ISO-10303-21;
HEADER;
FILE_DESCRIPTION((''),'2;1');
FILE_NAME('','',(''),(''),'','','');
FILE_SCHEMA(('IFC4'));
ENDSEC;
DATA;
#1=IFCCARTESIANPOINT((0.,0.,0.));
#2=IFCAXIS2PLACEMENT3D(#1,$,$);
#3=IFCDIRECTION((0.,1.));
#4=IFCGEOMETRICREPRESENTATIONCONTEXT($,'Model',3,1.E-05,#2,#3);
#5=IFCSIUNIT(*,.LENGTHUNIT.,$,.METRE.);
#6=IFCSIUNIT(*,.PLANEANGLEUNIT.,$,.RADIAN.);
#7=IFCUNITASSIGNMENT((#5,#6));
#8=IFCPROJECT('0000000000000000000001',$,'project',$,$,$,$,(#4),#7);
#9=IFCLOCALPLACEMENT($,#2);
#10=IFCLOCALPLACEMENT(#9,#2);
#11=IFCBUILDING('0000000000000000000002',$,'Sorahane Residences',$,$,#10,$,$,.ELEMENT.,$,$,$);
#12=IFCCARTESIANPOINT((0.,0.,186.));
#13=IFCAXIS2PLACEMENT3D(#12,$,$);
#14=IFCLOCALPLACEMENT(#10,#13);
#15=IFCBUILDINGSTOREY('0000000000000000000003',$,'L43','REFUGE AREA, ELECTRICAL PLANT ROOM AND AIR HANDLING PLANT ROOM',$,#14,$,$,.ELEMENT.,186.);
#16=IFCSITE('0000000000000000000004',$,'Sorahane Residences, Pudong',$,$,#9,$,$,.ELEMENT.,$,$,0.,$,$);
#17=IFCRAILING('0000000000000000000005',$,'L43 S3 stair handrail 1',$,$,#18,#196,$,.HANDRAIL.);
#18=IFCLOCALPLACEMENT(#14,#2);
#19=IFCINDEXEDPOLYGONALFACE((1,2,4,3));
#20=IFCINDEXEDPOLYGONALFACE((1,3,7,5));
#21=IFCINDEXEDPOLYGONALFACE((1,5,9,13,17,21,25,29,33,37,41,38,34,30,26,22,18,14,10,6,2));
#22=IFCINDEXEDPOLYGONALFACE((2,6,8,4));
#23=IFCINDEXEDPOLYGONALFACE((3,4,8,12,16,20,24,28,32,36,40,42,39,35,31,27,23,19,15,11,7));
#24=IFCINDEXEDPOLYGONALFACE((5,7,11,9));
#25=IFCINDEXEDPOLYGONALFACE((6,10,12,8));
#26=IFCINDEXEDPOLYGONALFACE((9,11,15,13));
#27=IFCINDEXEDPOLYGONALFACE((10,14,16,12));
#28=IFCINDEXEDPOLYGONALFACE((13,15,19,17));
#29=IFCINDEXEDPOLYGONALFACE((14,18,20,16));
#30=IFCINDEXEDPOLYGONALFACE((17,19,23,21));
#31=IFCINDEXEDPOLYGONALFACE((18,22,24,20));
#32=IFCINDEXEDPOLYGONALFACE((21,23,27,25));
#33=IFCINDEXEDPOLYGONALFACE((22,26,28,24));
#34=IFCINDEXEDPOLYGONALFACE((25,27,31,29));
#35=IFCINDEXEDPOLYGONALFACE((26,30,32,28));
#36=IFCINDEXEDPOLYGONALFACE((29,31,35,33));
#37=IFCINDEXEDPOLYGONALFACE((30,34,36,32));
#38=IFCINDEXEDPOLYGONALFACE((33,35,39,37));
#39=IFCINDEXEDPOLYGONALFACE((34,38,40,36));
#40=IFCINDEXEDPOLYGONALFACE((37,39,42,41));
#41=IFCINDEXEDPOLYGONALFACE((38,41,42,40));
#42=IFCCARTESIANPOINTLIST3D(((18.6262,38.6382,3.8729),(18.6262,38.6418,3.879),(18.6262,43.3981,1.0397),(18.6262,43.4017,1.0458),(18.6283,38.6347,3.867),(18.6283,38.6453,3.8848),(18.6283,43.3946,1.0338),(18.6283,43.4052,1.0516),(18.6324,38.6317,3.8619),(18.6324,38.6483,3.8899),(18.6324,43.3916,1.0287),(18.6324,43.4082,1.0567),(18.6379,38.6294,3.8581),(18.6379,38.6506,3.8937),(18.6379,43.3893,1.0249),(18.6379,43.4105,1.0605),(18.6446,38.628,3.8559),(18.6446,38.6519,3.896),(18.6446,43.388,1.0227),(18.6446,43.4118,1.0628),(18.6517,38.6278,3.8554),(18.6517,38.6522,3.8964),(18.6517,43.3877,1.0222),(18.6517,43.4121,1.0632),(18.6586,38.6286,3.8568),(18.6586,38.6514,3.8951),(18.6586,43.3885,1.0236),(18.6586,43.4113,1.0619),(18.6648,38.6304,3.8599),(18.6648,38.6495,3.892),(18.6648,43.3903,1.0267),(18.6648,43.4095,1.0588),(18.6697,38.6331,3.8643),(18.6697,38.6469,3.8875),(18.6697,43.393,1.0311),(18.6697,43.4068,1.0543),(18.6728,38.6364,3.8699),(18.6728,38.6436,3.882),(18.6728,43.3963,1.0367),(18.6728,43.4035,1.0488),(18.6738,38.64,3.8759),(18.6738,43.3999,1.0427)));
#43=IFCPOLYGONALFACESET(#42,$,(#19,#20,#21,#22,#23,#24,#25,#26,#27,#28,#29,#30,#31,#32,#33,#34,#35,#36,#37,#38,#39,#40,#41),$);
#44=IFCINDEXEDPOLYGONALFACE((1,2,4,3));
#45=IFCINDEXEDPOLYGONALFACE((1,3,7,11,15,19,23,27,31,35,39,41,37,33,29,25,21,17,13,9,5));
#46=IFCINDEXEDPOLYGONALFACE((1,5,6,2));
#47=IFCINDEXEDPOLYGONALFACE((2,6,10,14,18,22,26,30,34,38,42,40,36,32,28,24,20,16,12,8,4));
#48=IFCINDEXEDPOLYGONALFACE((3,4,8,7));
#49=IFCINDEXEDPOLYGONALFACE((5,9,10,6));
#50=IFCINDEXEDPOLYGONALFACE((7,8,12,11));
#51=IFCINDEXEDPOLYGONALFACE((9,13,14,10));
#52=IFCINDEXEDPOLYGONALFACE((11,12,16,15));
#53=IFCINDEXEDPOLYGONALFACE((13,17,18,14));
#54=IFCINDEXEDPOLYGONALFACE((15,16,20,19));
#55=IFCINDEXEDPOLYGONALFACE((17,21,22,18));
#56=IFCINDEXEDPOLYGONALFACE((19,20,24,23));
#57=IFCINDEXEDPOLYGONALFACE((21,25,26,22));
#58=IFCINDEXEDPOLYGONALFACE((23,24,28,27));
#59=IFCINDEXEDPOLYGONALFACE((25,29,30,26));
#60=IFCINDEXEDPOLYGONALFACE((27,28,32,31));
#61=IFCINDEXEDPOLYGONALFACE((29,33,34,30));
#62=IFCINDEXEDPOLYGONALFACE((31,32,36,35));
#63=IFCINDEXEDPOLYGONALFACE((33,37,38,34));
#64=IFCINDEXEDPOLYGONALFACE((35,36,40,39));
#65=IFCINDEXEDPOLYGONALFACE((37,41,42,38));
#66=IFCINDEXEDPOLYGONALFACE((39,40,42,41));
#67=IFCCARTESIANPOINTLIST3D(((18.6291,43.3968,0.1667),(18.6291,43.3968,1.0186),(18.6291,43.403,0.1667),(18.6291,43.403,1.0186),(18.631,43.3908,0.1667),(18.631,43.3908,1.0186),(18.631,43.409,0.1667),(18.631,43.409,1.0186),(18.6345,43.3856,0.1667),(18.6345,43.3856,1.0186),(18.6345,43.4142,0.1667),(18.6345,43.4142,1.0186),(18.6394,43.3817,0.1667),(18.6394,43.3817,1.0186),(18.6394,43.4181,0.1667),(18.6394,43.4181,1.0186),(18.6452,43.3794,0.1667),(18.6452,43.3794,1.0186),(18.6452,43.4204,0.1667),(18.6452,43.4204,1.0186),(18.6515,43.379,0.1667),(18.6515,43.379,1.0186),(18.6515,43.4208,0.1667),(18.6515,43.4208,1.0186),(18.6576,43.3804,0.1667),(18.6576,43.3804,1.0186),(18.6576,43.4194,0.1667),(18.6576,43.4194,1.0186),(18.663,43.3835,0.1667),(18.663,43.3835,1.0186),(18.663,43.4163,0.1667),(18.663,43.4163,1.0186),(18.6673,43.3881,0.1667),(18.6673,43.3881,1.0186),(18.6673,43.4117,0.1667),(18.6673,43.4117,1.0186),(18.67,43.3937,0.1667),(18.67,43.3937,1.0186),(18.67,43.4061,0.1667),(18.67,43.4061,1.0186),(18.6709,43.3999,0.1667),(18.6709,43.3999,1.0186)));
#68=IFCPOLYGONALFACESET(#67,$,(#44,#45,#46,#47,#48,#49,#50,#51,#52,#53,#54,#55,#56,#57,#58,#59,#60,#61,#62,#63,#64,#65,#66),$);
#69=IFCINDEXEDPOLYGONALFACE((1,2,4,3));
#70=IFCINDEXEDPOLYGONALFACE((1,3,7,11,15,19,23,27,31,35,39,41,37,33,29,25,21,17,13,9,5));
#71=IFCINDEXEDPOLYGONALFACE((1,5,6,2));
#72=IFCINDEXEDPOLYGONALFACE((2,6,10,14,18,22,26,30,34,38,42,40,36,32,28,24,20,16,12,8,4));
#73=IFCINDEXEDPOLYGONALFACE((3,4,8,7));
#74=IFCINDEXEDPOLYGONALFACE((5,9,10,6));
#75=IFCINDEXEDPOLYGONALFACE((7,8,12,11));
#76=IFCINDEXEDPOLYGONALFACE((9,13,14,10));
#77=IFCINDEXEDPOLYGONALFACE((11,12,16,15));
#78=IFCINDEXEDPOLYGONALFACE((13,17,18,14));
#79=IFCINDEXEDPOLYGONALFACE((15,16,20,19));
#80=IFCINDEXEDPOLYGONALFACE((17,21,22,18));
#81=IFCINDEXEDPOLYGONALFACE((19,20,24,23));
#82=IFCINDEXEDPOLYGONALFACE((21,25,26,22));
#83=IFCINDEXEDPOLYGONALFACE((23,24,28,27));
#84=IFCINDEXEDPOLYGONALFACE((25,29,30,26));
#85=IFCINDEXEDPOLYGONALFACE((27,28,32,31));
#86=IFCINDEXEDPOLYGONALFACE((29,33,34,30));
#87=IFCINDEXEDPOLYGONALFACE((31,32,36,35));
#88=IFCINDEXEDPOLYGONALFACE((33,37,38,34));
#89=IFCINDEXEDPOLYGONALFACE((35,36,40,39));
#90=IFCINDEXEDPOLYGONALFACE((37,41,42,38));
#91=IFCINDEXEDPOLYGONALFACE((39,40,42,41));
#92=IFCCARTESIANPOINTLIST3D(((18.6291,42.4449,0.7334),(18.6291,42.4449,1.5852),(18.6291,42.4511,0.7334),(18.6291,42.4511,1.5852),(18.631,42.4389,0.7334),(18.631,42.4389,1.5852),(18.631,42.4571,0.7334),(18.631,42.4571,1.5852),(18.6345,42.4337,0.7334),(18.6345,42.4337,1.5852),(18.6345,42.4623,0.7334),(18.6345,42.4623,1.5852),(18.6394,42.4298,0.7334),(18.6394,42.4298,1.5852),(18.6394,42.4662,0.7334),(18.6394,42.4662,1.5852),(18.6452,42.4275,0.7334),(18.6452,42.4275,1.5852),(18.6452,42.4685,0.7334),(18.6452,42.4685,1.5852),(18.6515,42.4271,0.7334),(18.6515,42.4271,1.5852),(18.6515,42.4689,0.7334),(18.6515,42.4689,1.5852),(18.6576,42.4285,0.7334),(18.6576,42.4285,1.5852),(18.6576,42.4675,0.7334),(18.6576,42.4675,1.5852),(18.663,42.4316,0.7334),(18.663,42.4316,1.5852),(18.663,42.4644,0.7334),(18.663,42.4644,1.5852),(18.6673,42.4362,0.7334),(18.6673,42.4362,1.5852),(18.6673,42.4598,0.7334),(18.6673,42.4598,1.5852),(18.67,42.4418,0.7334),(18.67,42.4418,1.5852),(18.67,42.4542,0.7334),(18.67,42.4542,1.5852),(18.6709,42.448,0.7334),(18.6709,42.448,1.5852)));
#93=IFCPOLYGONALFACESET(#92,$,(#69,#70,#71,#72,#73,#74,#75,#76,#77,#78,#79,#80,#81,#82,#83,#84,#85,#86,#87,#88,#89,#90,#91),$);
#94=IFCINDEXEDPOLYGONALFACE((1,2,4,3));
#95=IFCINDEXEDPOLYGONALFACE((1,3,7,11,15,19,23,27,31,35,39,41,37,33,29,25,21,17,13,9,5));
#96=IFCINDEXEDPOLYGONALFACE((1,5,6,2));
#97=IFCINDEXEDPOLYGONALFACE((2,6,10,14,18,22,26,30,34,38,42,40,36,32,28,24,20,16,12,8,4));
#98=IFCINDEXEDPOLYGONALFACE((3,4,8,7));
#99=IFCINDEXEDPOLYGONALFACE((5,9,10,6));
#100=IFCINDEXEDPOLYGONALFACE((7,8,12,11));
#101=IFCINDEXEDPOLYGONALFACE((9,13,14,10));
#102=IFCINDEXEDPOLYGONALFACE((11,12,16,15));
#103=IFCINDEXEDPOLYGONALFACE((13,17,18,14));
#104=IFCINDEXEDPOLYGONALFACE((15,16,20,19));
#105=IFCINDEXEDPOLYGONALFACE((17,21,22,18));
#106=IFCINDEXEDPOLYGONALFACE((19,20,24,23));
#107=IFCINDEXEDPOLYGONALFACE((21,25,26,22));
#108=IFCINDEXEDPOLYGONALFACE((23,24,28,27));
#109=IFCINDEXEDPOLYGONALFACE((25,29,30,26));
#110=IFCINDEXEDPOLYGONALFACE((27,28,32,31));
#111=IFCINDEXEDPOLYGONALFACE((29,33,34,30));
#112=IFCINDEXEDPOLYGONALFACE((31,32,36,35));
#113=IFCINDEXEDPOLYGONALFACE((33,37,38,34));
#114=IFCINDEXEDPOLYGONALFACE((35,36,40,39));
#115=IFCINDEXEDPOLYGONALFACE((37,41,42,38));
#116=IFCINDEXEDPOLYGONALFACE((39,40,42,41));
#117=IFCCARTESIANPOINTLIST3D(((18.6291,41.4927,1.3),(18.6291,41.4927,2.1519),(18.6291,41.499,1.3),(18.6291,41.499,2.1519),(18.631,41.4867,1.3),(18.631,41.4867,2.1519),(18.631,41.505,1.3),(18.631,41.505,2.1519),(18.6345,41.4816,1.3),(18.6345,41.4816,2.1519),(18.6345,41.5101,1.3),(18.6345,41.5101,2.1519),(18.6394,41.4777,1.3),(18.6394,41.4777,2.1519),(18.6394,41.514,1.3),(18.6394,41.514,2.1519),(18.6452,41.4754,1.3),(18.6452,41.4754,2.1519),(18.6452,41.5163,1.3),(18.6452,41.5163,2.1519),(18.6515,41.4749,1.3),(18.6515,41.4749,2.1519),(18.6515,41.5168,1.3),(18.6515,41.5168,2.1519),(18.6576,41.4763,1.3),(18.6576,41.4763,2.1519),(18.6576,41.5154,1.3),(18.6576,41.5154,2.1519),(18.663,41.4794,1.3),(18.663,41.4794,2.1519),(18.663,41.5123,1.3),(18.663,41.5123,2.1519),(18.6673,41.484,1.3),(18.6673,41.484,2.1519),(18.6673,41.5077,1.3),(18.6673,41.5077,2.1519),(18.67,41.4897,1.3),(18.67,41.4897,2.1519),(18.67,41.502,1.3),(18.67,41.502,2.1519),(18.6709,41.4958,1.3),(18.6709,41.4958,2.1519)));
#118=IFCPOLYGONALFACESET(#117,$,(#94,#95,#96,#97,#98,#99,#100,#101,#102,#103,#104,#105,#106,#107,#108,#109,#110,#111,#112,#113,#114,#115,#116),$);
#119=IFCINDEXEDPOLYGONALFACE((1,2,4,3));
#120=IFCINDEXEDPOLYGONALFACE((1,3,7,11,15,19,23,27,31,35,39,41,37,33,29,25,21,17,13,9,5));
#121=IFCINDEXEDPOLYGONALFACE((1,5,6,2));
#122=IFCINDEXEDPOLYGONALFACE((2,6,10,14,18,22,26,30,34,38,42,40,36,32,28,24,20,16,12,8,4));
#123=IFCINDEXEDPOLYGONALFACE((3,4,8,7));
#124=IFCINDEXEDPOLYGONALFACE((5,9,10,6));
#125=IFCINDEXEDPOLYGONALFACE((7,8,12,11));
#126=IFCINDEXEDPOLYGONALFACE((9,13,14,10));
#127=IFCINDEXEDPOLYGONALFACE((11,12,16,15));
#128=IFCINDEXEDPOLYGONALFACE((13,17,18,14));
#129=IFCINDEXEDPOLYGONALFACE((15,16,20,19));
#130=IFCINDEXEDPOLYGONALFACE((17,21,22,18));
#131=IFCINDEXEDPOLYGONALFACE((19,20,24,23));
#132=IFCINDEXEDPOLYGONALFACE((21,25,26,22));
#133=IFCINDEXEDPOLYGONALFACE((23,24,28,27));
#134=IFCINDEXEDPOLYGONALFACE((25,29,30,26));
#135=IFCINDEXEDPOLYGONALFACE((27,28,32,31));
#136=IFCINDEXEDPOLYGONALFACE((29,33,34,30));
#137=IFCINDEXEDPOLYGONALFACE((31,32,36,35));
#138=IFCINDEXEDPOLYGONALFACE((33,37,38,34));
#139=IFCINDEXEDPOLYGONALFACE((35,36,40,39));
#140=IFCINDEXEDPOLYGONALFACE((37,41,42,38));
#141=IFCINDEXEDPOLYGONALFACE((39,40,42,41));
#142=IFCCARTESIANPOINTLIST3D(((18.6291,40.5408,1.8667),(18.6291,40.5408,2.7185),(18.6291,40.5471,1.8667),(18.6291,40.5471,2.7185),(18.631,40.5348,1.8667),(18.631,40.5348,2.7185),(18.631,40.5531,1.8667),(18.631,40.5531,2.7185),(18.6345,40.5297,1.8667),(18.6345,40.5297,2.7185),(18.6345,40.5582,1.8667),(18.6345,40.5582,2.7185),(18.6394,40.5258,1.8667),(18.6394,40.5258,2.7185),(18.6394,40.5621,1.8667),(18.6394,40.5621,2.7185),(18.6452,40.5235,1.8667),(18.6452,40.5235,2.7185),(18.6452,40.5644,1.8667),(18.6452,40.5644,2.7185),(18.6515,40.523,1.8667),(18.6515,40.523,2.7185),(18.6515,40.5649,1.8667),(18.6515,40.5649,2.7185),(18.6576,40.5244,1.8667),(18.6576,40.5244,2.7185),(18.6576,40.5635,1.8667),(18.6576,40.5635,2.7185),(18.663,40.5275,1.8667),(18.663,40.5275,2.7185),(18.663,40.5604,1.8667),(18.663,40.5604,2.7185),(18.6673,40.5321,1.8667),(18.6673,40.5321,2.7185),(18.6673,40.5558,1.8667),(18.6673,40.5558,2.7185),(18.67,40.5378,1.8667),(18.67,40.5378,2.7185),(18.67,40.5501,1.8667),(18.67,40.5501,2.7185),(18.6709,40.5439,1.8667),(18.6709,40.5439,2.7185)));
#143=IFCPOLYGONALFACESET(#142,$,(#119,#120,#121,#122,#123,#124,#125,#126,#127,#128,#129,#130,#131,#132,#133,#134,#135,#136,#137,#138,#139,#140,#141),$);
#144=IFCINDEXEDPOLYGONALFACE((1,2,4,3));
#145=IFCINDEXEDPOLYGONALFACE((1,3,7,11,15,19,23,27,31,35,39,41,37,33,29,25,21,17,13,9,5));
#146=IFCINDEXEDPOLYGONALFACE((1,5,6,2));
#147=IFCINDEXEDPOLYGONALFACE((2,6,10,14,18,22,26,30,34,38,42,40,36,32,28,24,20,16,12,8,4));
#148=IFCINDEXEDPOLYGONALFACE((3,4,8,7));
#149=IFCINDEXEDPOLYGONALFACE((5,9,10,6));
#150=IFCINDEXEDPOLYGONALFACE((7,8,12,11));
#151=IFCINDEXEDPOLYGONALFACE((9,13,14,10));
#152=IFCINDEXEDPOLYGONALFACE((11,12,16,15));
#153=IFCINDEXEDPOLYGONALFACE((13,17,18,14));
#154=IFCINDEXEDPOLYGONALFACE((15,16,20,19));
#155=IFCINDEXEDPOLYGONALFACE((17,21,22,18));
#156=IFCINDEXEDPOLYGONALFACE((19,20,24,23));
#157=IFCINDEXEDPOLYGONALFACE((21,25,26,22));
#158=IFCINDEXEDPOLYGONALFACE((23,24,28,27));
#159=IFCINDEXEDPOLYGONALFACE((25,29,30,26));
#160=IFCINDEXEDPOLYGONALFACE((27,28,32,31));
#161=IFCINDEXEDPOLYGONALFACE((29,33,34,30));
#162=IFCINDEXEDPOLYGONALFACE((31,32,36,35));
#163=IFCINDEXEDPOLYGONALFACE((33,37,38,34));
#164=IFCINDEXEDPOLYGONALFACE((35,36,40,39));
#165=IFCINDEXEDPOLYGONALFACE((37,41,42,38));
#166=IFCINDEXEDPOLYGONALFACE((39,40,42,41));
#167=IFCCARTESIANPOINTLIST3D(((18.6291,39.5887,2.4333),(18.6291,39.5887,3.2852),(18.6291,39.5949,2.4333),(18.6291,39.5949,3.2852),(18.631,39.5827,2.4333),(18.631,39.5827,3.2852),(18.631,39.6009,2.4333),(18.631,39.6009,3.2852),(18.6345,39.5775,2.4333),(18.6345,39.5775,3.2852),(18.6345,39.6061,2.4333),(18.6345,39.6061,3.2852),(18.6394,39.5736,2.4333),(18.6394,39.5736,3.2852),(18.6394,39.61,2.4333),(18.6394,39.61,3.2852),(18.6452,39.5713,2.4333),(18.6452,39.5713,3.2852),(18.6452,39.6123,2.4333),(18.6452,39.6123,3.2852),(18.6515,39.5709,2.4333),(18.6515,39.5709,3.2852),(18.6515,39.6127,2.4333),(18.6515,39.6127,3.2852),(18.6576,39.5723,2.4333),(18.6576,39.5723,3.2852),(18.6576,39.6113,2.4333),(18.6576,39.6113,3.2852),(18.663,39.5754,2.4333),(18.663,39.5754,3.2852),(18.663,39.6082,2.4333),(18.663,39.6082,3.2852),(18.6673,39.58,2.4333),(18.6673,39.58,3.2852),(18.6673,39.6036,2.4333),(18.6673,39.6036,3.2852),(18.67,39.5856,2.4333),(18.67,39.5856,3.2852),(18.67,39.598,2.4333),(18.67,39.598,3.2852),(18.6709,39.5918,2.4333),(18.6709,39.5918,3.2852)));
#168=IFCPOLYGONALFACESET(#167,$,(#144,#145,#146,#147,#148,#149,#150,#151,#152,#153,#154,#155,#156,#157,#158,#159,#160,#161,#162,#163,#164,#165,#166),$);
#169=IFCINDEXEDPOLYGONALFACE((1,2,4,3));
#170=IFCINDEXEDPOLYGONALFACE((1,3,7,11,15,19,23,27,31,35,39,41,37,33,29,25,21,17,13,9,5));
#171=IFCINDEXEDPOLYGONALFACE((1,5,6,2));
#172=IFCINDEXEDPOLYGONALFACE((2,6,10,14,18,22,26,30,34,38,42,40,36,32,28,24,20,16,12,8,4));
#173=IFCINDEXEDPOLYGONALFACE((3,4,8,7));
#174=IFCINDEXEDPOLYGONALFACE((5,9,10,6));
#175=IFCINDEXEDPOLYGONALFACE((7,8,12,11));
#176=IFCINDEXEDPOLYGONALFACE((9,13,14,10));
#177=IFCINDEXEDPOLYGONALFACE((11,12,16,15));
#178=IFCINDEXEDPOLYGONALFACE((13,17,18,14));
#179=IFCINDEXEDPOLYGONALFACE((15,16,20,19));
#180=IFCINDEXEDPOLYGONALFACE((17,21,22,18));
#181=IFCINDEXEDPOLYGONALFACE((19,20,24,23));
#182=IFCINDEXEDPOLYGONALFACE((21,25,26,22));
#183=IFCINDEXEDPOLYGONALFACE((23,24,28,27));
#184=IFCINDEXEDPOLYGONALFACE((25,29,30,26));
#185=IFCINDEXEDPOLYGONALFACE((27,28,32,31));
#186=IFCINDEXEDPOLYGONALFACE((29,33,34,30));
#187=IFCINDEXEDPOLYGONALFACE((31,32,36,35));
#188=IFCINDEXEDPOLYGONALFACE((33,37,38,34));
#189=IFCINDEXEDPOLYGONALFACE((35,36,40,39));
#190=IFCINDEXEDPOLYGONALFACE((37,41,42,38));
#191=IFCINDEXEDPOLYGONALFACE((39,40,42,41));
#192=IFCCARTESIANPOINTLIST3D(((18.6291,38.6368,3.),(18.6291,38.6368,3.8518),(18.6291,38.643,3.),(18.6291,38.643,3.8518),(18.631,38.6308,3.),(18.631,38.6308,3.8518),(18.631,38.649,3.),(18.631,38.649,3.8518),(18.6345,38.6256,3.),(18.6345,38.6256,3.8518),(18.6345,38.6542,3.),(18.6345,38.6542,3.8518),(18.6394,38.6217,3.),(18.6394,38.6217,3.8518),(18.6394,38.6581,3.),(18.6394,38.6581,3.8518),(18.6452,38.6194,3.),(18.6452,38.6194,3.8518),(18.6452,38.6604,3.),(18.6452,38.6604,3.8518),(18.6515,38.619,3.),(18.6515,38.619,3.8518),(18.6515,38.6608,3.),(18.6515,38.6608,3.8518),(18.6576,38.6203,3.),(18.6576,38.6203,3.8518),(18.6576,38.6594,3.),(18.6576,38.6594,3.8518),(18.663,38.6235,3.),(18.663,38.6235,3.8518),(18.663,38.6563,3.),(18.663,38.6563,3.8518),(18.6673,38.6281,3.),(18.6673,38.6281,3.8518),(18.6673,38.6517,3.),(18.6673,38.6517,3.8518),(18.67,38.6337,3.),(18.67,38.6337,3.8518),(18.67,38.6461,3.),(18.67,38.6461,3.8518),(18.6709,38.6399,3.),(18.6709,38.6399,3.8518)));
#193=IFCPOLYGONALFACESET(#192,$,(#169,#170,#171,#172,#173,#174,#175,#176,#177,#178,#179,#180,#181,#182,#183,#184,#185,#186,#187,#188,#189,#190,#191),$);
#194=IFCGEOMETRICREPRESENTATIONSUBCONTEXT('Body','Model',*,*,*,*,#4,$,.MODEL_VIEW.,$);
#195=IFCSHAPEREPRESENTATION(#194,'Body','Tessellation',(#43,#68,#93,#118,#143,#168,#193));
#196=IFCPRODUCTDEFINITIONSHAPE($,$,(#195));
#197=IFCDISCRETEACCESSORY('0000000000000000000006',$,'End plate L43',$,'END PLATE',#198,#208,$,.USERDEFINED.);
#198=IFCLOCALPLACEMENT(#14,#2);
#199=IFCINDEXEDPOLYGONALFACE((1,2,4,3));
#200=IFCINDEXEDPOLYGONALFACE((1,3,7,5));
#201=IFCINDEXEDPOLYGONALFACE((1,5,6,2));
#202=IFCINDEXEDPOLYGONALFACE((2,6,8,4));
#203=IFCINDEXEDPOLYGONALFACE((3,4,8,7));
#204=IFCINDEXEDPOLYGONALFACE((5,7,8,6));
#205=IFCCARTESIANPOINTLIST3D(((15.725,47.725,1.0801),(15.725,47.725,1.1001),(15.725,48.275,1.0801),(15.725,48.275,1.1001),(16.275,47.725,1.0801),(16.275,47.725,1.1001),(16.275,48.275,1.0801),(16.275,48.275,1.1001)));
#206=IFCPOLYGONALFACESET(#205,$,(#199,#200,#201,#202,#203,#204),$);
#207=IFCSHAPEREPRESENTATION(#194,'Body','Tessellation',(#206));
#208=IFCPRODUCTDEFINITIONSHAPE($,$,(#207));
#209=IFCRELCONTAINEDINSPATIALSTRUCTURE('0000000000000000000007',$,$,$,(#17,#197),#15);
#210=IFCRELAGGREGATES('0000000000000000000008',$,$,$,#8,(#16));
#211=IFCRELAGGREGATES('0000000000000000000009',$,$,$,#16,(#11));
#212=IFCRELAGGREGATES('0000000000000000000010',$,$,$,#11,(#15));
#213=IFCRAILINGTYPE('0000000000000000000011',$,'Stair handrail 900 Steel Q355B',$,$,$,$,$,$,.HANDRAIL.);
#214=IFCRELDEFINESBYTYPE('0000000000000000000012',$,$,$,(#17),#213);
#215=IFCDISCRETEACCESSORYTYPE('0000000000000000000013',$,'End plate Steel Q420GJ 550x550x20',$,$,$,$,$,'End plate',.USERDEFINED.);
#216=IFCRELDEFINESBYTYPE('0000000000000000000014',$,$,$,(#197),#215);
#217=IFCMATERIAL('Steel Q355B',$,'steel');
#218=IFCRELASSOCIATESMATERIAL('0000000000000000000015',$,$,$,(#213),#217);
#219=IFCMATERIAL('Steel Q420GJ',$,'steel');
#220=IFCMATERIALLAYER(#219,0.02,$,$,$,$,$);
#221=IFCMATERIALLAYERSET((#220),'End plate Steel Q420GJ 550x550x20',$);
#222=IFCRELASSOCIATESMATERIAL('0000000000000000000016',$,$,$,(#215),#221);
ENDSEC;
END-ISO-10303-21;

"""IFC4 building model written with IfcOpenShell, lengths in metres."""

from ifc_helpers import new_model, si_unit, direction, frame, origin, origin_2d, place, context, subcontext, project, spatial, rectangle, circle, extrude, material, layer, layer_set, type_object, element, save


model = new_model("IFC4")

# Units and contexts
model_context = context("Model", 3, precision=1e-05, world=origin(), true_north=direction((0.0, 1.0)))
body_context = subcontext(model_context, "Body", "Model", "MODEL_VIEW")
ifc_project = project(units=[si_unit("LENGTHUNIT", "METRE"), si_unit("PLANEANGLEUNIT", "RADIAN")], contexts=[model_context])

# Site, building, storey
site_placement = place(None, origin())
site = spatial("IfcSite", under=ifc_project, at=site_placement, Name="Sorahane Residences, Pudong", CompositionType="ELEMENT", RefElevation=0.0)
building_placement = place(site_placement, origin())
building = spatial("IfcBuilding", under=site, at=building_placement, Name="Sorahane Residences", CompositionType="ELEMENT")
storey_placement = place(building_placement, frame((0.0, 0.0, 186.0)))
storey = spatial("IfcBuildingStorey", under=building, at=storey_placement, Name="L43", Description="REFUGE AREA, ELECTRICAL PLANT ROOM AND AIR HANDLING PLANT ROOM", CompositionType="ELEMENT", Elevation=186.0)

# Railing
ifc_material_1 = material(Name="Steel Q355B", Category="steel")
railing_type_1 = type_object("IfcRailingType", Name="Stair handrail 900 Steel Q355B", PredefinedType="HANDRAIL", material=ifc_material_1)
railing_1_placement = place(storey_placement, frame((18.6499, 43.3999, 0.1667)))
element("IfcRailing", 1, at=railing_1_placement, inside=storey, type_object=railing_type_1, Name="L43 S3 stair handrail 1", PredefinedType="HANDRAIL", context=body_context, shape_type="SweptSolid", body=[
    extrude(circle(Radius=0.0239, at=origin_2d()), frame((0.0, 0.0, 0.876), z_axis=(0.0, -0.8593, 0.511472), x_axis=(1.0, 0.0, 0.0)), (0.0, 0.0, 1.0), 5.5393),
    extrude(circle(Radius=0.021, at=origin_2d()), origin(), (0.0, 0.0, 1.0), 0.8518),
    extrude(circle(Radius=0.021, at=origin_2d()), frame((0.0, -0.9519, 0.5667)), (0.0, 0.0, 1.0), 0.8518),
    extrude(circle(Radius=0.021, at=origin_2d()), frame((0.0, -1.9041, 1.1333)), (0.0, 0.0, 1.0), 0.8518),
    extrude(circle(Radius=0.021, at=origin_2d()), frame((0.0, -2.856, 1.7)), (0.0, 0.0, 1.0), 0.8518),
    extrude(circle(Radius=0.021, at=origin_2d()), frame((0.0, -3.8081, 2.2666)), (0.0, 0.0, 1.0), 0.8518),
    extrude(circle(Radius=0.021, at=origin_2d()), frame((0.0, -4.76, 2.8333)), (0.0, 0.0, 1.0), 0.8518),
])

# Discrete accessory
ifc_material_2 = material(Name="Steel Q420GJ", Category="steel")
ifc_layer_1 = layer(ifc_material_2, 0.02)
ifc_layer_set_1 = layer_set([ifc_layer_1], Name="End plate Steel Q420GJ 550x550x20")
discrete_accessory_type_1 = type_object("IfcDiscreteAccessoryType", Name="End plate Steel Q420GJ 550x550x20", ElementType="End plate", PredefinedType="USERDEFINED", material=ifc_layer_set_1)
discrete_accessory_1_placement = place(storey_placement, frame((16.0, 48.0, 1.0801), z_axis=(0.0, 0.0, 1.0), x_axis=(1.0, 0.0, 0.0)))
element("IfcDiscreteAccessory", 2, at=discrete_accessory_1_placement, inside=storey, type_object=discrete_accessory_type_1, Name="End plate L43", ObjectType="END PLATE", PredefinedType="USERDEFINED", context=body_context, shape_type="SweptSolid", body=[
    extrude(rectangle(XDim=0.55, YDim=0.55, at=origin_2d()), origin(), (0.0, 0.0, 1.0), 0.02),
])

save(model, "model.ifc")
